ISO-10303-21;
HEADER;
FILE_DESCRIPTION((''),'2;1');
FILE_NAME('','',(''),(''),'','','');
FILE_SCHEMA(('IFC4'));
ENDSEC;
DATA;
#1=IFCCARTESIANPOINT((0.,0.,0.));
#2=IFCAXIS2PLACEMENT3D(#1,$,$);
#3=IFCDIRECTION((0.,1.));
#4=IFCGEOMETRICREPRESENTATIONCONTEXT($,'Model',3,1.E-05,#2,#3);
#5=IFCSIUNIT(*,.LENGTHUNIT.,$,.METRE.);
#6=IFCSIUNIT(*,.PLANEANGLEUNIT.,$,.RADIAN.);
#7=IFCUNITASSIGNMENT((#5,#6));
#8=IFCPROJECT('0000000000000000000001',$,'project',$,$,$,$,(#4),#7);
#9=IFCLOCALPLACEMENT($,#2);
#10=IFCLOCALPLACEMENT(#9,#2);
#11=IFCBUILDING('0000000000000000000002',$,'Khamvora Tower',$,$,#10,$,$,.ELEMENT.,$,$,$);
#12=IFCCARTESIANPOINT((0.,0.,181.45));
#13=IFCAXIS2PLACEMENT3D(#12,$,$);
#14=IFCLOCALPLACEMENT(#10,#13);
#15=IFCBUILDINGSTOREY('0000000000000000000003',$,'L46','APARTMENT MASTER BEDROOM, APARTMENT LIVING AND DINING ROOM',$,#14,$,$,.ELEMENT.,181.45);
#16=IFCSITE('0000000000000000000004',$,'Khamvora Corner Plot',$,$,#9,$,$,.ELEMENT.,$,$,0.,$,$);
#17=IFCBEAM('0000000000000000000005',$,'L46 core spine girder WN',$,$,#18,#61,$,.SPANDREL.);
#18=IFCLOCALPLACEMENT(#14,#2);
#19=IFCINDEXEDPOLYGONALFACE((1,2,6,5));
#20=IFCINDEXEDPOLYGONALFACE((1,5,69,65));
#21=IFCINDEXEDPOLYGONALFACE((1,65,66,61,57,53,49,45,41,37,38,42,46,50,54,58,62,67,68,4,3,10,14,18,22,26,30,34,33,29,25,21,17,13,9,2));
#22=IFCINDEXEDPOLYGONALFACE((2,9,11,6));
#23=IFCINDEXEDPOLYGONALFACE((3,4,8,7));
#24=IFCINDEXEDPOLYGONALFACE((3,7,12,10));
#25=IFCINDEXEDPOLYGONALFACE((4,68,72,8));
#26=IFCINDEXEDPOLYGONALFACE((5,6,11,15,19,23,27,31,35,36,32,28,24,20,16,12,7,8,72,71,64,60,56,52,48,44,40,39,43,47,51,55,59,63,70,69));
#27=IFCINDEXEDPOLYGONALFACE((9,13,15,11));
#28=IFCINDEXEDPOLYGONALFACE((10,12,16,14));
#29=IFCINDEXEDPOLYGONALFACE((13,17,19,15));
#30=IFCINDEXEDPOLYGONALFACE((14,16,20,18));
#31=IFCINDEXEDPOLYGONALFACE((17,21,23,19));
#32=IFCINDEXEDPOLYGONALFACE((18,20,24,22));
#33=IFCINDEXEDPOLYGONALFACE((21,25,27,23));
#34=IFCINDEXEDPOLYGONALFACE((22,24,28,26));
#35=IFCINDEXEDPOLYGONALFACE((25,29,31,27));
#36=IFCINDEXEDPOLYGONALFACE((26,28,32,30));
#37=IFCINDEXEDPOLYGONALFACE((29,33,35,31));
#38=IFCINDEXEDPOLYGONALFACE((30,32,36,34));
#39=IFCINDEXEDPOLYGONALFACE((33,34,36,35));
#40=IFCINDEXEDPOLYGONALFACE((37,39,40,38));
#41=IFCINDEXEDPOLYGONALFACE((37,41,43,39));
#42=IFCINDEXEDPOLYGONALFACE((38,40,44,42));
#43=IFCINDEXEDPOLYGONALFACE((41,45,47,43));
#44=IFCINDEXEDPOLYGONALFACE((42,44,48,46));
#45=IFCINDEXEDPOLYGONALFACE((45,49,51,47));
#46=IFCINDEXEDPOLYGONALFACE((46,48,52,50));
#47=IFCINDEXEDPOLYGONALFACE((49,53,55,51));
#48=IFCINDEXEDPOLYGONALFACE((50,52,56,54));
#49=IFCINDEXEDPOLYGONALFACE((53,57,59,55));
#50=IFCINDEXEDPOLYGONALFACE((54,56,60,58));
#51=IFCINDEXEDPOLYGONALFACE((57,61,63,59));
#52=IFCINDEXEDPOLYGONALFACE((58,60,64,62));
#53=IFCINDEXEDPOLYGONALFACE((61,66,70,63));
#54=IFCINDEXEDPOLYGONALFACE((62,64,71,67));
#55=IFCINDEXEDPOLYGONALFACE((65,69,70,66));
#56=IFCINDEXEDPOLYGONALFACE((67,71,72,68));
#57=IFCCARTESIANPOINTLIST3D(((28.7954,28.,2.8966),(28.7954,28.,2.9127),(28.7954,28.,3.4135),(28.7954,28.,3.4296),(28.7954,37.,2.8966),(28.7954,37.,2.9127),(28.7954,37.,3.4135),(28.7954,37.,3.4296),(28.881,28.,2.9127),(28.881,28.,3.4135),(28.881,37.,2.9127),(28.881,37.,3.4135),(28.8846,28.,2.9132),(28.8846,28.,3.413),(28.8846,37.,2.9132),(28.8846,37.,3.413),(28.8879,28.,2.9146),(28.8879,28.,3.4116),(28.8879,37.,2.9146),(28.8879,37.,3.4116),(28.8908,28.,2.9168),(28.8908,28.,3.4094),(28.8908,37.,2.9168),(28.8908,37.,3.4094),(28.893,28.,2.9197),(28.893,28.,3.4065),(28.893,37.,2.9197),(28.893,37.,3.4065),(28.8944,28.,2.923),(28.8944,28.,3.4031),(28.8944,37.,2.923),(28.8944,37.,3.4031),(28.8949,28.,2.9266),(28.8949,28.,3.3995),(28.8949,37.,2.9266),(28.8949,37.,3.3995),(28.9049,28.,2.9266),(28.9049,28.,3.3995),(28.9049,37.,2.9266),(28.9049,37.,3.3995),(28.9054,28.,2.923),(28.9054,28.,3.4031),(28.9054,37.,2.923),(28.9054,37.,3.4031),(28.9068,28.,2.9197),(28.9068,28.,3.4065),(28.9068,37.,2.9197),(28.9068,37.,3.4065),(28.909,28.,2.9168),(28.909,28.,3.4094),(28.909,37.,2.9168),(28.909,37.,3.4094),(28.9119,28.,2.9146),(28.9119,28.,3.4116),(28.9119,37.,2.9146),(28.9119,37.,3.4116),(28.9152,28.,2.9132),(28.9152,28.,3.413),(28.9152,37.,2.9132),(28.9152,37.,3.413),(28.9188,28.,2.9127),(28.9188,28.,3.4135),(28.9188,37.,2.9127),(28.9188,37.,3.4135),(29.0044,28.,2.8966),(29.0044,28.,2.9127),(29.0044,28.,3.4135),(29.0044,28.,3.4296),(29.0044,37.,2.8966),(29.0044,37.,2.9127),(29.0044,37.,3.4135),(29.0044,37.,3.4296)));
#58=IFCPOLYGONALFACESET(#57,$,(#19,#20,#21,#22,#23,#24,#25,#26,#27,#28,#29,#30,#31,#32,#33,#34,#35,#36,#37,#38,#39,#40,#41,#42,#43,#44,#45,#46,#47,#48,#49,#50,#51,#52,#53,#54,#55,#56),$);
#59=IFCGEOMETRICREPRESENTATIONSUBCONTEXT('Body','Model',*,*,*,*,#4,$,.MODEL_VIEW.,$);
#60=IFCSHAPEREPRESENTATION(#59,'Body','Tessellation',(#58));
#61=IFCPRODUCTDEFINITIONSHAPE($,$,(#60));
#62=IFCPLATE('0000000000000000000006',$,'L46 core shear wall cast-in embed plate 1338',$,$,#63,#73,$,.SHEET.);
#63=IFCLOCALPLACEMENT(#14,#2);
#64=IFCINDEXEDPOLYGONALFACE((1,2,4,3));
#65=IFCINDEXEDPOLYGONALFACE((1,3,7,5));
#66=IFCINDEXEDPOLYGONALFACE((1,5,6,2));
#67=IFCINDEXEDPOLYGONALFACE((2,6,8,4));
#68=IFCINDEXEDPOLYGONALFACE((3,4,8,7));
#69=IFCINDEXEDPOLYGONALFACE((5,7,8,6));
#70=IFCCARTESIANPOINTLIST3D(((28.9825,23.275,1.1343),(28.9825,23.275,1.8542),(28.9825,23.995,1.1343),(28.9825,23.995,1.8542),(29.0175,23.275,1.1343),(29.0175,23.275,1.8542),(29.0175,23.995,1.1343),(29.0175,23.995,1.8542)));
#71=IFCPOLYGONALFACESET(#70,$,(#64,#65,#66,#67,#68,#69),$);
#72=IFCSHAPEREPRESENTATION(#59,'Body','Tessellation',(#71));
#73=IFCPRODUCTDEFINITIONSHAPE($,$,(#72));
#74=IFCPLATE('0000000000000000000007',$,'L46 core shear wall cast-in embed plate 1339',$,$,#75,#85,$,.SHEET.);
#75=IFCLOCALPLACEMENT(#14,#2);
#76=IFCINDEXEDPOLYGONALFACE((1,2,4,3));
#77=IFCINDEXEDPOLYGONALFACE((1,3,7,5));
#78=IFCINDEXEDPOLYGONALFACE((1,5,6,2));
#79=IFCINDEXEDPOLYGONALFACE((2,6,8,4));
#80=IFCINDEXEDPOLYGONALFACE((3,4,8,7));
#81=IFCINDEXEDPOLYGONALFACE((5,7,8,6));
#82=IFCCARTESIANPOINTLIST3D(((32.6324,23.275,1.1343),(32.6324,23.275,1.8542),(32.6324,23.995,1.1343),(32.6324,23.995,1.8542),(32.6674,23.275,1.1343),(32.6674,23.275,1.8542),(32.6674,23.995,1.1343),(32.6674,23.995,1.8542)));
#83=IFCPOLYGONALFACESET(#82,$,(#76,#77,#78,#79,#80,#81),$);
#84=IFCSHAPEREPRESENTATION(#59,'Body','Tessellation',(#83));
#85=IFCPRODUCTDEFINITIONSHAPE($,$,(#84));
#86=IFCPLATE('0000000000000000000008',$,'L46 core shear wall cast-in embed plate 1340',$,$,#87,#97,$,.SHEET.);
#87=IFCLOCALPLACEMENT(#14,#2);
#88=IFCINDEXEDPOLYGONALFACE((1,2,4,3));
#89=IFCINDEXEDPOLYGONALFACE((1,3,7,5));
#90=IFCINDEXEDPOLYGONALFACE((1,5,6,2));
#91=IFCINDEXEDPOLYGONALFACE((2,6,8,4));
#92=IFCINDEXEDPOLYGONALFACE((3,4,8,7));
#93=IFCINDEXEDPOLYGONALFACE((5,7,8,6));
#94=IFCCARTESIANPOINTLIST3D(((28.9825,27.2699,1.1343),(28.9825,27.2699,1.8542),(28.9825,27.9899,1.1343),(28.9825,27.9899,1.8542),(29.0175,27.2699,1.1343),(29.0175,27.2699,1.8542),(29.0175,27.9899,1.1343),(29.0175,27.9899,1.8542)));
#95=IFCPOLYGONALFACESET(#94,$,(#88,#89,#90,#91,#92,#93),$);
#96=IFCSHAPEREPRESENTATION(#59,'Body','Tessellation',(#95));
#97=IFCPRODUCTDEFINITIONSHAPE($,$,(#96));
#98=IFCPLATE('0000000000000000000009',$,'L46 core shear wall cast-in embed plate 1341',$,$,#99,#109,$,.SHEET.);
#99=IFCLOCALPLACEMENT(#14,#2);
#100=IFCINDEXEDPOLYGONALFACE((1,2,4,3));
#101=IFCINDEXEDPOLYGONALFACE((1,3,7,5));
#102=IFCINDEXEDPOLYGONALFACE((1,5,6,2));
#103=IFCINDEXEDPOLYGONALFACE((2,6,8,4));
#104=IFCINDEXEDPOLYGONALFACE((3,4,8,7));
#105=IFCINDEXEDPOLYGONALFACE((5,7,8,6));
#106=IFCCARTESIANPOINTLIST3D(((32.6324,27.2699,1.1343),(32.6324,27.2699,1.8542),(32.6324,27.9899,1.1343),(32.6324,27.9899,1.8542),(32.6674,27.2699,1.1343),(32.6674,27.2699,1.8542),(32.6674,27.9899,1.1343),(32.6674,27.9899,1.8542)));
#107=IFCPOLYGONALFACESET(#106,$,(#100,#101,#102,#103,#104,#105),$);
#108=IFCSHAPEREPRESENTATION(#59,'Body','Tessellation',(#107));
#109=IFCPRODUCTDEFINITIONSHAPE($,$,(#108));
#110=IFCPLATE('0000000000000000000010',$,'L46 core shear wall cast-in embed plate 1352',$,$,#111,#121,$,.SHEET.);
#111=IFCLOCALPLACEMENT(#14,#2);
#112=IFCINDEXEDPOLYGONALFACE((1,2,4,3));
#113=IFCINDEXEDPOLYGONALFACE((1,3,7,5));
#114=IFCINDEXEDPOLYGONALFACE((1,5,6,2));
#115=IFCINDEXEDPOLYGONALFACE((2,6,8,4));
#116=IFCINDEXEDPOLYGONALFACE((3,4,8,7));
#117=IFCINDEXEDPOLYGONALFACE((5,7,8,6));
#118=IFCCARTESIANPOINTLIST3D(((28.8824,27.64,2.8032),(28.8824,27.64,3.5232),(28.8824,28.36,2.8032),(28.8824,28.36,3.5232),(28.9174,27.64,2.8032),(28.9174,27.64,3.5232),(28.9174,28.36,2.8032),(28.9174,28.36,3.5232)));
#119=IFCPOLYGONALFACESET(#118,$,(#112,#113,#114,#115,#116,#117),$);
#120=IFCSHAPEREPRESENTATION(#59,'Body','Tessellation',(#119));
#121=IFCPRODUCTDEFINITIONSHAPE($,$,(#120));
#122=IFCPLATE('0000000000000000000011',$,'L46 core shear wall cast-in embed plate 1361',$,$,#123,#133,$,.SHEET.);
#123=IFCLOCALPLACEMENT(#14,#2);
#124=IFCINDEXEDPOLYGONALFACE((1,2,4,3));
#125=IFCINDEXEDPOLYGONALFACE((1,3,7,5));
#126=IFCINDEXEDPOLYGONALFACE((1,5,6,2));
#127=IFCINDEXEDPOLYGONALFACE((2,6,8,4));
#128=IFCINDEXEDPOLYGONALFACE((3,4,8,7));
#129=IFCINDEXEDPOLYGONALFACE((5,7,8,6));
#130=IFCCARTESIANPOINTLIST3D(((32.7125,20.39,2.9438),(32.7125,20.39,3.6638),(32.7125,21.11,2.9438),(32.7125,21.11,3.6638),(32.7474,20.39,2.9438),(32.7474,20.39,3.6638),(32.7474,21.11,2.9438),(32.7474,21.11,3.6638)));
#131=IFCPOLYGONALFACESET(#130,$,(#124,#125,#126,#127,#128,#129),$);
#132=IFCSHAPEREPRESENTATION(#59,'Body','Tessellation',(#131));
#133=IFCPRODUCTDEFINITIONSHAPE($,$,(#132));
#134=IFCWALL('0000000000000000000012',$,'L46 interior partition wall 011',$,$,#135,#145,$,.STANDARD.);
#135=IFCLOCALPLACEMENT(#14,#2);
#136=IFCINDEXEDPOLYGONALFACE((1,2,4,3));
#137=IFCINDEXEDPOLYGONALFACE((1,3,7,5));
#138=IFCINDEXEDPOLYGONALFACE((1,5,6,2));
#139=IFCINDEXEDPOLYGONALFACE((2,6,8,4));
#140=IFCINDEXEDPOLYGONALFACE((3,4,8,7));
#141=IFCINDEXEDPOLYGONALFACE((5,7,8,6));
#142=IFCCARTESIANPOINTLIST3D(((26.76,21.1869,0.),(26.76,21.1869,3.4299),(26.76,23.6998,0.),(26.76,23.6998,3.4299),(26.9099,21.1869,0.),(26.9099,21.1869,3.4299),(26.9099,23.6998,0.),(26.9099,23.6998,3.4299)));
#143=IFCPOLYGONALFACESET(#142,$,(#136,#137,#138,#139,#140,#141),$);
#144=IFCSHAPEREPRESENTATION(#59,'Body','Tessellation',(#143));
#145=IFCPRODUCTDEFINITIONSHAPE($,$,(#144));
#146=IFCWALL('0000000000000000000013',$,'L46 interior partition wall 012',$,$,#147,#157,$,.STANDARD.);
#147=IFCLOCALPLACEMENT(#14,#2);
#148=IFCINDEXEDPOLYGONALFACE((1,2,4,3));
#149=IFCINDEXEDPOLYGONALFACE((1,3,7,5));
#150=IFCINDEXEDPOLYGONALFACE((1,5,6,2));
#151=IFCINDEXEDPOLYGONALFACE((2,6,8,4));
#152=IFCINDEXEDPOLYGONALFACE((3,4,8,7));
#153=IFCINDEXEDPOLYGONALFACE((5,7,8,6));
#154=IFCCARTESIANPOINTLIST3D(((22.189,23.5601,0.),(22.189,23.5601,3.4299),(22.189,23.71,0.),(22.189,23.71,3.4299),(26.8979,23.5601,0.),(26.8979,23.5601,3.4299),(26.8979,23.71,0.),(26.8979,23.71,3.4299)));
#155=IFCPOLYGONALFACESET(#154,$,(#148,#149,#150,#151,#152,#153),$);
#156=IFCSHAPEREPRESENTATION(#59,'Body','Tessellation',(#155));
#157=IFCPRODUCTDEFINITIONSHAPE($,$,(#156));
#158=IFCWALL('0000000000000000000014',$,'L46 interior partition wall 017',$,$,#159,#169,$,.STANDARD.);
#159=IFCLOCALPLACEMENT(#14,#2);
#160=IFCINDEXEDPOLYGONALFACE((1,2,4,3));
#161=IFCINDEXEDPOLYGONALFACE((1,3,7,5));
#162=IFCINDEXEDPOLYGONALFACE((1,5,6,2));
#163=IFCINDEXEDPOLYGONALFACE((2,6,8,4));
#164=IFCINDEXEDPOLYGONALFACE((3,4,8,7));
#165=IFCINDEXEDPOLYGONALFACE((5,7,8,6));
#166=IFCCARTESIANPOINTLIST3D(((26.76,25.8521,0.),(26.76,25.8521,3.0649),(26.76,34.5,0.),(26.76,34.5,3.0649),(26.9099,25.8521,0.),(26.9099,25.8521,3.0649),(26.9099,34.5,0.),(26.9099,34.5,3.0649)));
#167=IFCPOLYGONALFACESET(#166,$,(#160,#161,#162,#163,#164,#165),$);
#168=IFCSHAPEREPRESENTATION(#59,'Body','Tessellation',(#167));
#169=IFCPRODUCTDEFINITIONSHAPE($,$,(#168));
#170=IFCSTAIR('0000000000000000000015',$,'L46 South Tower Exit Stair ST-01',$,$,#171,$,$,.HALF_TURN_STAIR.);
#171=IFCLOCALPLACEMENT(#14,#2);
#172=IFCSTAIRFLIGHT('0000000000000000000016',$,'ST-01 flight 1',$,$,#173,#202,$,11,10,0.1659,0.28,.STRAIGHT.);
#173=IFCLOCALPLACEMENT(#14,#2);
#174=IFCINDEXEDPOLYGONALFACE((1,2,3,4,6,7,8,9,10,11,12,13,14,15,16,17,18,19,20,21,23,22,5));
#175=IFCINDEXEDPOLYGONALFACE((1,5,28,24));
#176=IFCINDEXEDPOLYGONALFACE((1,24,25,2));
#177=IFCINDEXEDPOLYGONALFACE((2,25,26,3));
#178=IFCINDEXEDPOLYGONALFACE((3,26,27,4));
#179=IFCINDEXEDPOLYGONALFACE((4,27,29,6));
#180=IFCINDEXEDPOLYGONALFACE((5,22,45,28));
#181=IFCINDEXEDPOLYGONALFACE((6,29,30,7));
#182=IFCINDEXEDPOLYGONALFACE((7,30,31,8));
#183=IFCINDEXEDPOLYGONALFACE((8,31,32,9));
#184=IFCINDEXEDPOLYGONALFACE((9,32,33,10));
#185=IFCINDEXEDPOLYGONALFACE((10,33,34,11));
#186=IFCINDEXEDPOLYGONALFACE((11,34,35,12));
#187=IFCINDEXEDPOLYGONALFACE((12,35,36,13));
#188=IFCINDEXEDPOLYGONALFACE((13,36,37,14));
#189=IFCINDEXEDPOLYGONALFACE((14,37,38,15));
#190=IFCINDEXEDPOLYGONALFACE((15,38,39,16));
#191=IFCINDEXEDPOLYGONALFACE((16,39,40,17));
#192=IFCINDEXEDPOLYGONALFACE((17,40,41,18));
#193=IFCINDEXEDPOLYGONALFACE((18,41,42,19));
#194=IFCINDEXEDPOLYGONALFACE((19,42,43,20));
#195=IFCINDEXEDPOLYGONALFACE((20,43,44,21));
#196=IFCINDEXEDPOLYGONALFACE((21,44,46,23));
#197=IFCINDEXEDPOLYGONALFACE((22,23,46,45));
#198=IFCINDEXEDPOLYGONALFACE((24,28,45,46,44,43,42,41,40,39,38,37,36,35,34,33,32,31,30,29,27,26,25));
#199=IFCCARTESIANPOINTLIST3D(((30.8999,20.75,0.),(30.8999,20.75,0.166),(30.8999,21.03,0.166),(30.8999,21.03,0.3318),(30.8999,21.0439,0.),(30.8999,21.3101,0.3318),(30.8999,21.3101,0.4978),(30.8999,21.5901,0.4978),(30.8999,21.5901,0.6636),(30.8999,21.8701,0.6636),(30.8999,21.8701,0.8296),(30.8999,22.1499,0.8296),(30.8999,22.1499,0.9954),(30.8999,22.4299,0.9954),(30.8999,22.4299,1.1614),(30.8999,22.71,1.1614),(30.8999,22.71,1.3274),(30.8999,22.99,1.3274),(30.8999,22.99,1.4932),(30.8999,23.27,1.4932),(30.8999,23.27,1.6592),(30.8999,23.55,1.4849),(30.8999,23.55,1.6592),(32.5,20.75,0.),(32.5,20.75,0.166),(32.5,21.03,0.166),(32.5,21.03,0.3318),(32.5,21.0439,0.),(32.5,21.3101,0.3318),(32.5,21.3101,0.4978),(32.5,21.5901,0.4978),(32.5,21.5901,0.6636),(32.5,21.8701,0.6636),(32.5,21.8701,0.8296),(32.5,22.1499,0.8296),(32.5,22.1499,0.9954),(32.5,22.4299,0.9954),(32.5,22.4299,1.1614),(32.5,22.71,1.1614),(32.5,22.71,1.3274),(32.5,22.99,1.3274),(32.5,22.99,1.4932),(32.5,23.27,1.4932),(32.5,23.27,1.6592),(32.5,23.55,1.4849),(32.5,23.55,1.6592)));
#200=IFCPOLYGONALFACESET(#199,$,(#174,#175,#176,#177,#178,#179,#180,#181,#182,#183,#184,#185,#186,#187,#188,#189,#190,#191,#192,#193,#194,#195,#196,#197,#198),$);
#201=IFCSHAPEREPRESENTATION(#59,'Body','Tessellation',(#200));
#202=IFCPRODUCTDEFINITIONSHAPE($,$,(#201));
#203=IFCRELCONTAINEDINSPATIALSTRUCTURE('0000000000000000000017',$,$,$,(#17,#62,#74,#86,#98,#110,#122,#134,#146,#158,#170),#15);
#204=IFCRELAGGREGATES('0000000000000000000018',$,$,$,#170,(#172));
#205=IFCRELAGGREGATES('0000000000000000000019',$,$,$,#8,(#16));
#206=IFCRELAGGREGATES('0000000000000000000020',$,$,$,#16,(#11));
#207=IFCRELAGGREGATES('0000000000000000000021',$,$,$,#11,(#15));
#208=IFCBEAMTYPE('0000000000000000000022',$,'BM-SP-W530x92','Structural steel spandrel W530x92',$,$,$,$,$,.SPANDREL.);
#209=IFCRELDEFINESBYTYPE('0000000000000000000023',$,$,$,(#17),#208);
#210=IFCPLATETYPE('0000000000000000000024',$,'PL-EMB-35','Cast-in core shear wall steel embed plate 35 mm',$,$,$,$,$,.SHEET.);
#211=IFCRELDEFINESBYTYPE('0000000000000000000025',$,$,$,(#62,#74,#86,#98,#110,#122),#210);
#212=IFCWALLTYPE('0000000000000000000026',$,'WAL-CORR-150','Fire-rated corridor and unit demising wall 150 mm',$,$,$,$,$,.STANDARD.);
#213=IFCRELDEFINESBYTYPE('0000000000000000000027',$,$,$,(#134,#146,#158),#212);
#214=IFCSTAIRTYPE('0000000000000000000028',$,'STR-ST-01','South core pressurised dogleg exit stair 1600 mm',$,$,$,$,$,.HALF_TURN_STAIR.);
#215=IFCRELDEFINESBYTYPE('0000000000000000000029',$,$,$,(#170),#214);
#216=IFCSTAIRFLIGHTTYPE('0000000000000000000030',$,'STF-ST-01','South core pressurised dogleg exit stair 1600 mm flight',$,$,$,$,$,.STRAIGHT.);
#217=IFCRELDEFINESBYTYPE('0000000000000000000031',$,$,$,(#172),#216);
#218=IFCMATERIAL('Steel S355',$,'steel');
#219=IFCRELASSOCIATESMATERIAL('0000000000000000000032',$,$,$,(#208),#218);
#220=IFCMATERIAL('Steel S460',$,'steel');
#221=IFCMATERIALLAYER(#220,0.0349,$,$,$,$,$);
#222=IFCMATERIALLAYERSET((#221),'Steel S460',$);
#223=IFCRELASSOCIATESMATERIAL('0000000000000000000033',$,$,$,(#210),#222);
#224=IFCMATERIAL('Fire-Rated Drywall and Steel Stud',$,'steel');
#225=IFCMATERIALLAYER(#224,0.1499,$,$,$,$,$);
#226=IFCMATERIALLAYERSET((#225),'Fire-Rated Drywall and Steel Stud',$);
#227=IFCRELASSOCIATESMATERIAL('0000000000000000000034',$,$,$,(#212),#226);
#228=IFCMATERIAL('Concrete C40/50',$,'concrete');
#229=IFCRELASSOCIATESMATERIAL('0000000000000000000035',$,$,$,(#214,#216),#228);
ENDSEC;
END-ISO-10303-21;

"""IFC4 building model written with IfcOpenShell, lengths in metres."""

from ifc_helpers import new_model, si_unit, direction, frame, frame_2d, origin, origin_2d, place, context, subcontext, project, spatial, polyline, rectangle, i_section, outline, extrude, material, layer, layer_set, material_profile, profile_set, type_object, element, aggregate, save


model = new_model("IFC4")

# Units and contexts
model_context = context("Model", 3, precision=1e-05, world=origin(), true_north=direction((0.0, 1.0)))
body_context = subcontext(model_context, "Body", "Model", "MODEL_VIEW")
ifc_project = project(units=[si_unit("LENGTHUNIT", "METRE"), si_unit("PLANEANGLEUNIT", "RADIAN")], contexts=[model_context])

# Site, building, storey
site_placement = place(None, origin())
site = spatial("IfcSite", under=ifc_project, at=site_placement, Name="Khamvora Corner Plot", CompositionType="ELEMENT", RefElevation=0.0)
building_placement = place(site_placement, origin())
building = spatial("IfcBuilding", under=site, at=building_placement, Name="Khamvora Tower", CompositionType="ELEMENT")
storey_placement = place(building_placement, frame((0.0, 0.0, 181.45)))
storey = spatial("IfcBuildingStorey", under=building, at=storey_placement, Name="L46", Description="APARTMENT MASTER BEDROOM, APARTMENT LIVING AND DINING ROOM", CompositionType="ELEMENT", Elevation=181.45)

# Shared definitions
ifc_material_1 = material(Name="Steel S460", Category="steel")

# Beam
ifc_material_2 = material(Name="Steel S355", Category="steel")
ifc_material_profile_1 = material_profile(ifc_material_2, i_section(OverallWidth=0.209, OverallDepth=0.533, WebThickness=0.01, FlangeThickness=0.0161, FilletRadius=0.0139, at=origin_2d()), Name="W530x92")
ifc_profile_set_1 = profile_set([ifc_material_profile_1], Name="Steel S355")
beam_type_1 = type_object("IfcBeamType", Name="BM-SP-W530x92", Description="Structural steel spandrel W530x92", PredefinedType="SPANDREL", material=ifc_profile_set_1)
beam_1_placement = place(storey_placement, frame((28.8999, 28.0, 3.1631), z_axis=(0.0, 1.0, 0.0), x_axis=(-1.0, 0.0, 0.0)))
element("IfcBeam", 1, at=beam_1_placement, inside=storey, type_object=beam_type_1, Name="L46 core spine girder WN", PredefinedType="SPANDREL", context=body_context, shape_type="SweptSolid", body=[
    extrude(i_section(OverallWidth=0.209, OverallDepth=0.533, WebThickness=0.01, FlangeThickness=0.0161, FilletRadius=0.0139, at=origin_2d()), origin(), (0.0, 0.0, 1.0), 9.0),
])

# Plates
ifc_layer_1 = layer(ifc_material_1, 0.0349)
ifc_layer_set_1 = layer_set([ifc_layer_1], Name="Steel S460")
plate_type = type_object("IfcPlateType", Name="PL-EMB-35", Description="Cast-in core shear wall steel embed plate 35 mm", PredefinedType="SHEET", material=ifc_layer_set_1)
for number, where, z_axis, x_axis, name in (
    (2, (29.0, 23.635, 1.1343), (0.0, 0.0, 1.0), (1.0, 0.0, 0.0), "L46 core shear wall cast-in embed plate 1338"),
    (3, (32.6499, 23.635, 1.1343), (0.0, 0.0, 1.0), (1.0, 0.0, 0.0), "L46 core shear wall cast-in embed plate 1339"),
    (4, (29.0, 27.6299, 1.1343), (0.0, 0.0, 1.0), (1.0, 0.0, 0.0), "L46 core shear wall cast-in embed plate 1340"),
    (5, (32.6499, 27.6299, 1.1343), (0.0, 0.0, 1.0), (1.0, 0.0, 0.0), "L46 core shear wall cast-in embed plate 1341"),
    (6, (28.8999, 28.0, 2.8032), (0.0, 0.0, 1.0), (1.0, 0.0, 0.0), "L46 core shear wall cast-in embed plate 1352"),
    (7, (32.73, 20.75, 2.9438), (0.0, 0.0, 1.0), (1.0, 0.0, 0.0), "L46 core shear wall cast-in embed plate 1361"),
):
    element("IfcPlate", number, at=place(storey_placement, frame(where, z_axis=z_axis, x_axis=x_axis)), inside=storey, type_object=plate_type, Name=name, PredefinedType="SHEET", context=body_context, shape_type="SweptSolid", body=[
        extrude(rectangle(XDim=0.0349, YDim=0.72, at=origin_2d()), origin(), (0.0, 0.0, 1.0), 0.72),
    ])

# Walls
ifc_material_3 = material(Name="Fire-Rated Drywall and Steel Stud", Category="steel")
ifc_layer_2 = layer(ifc_material_3, 0.1499)
ifc_layer_set_2 = layer_set([ifc_layer_2], Name="Fire-Rated Drywall and Steel Stud")
wall_type_1 = type_object("IfcWallType", Name="WAL-CORR-150", Description="Fire-rated corridor and unit demising wall 150 mm", PredefinedType="STANDARD", material=ifc_layer_set_2)
wall_1_placement = place(storey_placement, frame((26.835, 21.187, 0.0), z_axis=(0.0, 0.0, 1.0), x_axis=(0.0, 1.0, 0.0)))
element("IfcWall", 8, at=wall_1_placement, inside=storey, type_object=wall_type_1, Name="L46 interior partition wall 011", PredefinedType="STANDARD", context=body_context, shape_type="SweptSolid", body=[
    extrude(rectangle(XDim=2.5129, YDim=0.1499, at=frame_2d((1.2563, 0.0))), origin(), (0.0, 0.0, 1.0), 3.4299),
])
wall_2_placement = place(storey_placement, frame((26.8979, 23.635, 0.0), z_axis=(0.0, 0.0, 1.0), x_axis=(-1.0, 0.0, 0.0)))
element("IfcWall", 9, at=wall_2_placement, inside=storey, type_object=wall_type_1, Name="L46 interior partition wall 012", PredefinedType="STANDARD", context=body_context, shape_type="SweptSolid", body=[
    extrude(rectangle(XDim=4.709, YDim=0.1499, at=frame_2d((2.3545, 0.0))), origin(), (0.0, 0.0, 1.0), 3.4299),
])
wall_3_placement = place(storey_placement, frame((26.835, 25.8521, 0.0), z_axis=(0.0, 0.0, 1.0), x_axis=(0.0, 1.0, 0.0)))
element("IfcWall", 10, at=wall_3_placement, inside=storey, type_object=wall_type_1, Name="L46 interior partition wall 017", PredefinedType="STANDARD", context=body_context, shape_type="SweptSolid", body=[
    extrude(rectangle(XDim=8.6479, YDim=0.1499, at=frame_2d((4.324, 0.0))), origin(), (0.0, 0.0, 1.0), 3.0649),
])

# Stair, stair flight
ifc_material_4 = material(Name="Concrete C40/50", Category="concrete")
stair_type = type_object("IfcStairType", Name="STR-ST-01", Description="South core pressurised dogleg exit stair 1600 mm", PredefinedType="HALF_TURN_STAIR", material=ifc_material_4)
stair_placement = place(storey_placement, origin())
stair = element("IfcStair", 11, at=stair_placement, inside=storey, type_object=stair_type, Name="L46 South Tower Exit Stair ST-01", PredefinedType="HALF_TURN_STAIR")
stair_flight_type = type_object("IfcStairFlightType", Name="STF-ST-01", Description="South core pressurised dogleg exit stair 1600 mm flight", PredefinedType="STRAIGHT", material=ifc_material_4)
stair_flight_1_placement = place(storey_placement, frame((31.7, 20.75, 0.0), z_axis=(0.0, 0.0, 1.0), x_axis=(0.0, 1.0, 0.0)))
stair_flight_1 = element("IfcStairFlight", 12, at=stair_flight_1_placement, type_object=stair_flight_type, Name="ST-01 flight 1", NumberOfRisers=11, NumberOfTreads=10, PredefinedType="STRAIGHT", RiserHeight=0.1659, TreadLength=0.28, context=body_context, shape_type="SweptSolid", body=[
    extrude(outline(polyline([(0.0, 0.0), (0.0, 0.166), (0.28, 0.166), (0.28, 0.3318), (0.5601, 0.3318), (0.5601, 0.4978), (0.8401, 0.4978), (0.8401, 0.6636), (1.1201, 0.6636), (1.1201, 0.8296), (1.3999, 0.8296), (1.3999, 0.9954), (1.6799, 0.9954), (1.6799, 1.1614), (1.96, 1.1614), (1.96, 1.3274), (2.24, 1.3274), (2.24, 1.4932), (2.52, 1.4932), (2.52, 1.6592), (2.8, 1.6592), (2.8, 1.825), (2.8, 1.4849), (0.2939, 0.0), (0.0, 0.0)])), frame((0.0, 0.8, 0.0), z_axis=(0.0, -1.0, 0.0), x_axis=(1.0, 0.0, 0.0)), (0.0, 0.0, 1.0), 1.6001),
])
aggregate(stair, [stair_flight_1])

save(model, "model.ifc")
